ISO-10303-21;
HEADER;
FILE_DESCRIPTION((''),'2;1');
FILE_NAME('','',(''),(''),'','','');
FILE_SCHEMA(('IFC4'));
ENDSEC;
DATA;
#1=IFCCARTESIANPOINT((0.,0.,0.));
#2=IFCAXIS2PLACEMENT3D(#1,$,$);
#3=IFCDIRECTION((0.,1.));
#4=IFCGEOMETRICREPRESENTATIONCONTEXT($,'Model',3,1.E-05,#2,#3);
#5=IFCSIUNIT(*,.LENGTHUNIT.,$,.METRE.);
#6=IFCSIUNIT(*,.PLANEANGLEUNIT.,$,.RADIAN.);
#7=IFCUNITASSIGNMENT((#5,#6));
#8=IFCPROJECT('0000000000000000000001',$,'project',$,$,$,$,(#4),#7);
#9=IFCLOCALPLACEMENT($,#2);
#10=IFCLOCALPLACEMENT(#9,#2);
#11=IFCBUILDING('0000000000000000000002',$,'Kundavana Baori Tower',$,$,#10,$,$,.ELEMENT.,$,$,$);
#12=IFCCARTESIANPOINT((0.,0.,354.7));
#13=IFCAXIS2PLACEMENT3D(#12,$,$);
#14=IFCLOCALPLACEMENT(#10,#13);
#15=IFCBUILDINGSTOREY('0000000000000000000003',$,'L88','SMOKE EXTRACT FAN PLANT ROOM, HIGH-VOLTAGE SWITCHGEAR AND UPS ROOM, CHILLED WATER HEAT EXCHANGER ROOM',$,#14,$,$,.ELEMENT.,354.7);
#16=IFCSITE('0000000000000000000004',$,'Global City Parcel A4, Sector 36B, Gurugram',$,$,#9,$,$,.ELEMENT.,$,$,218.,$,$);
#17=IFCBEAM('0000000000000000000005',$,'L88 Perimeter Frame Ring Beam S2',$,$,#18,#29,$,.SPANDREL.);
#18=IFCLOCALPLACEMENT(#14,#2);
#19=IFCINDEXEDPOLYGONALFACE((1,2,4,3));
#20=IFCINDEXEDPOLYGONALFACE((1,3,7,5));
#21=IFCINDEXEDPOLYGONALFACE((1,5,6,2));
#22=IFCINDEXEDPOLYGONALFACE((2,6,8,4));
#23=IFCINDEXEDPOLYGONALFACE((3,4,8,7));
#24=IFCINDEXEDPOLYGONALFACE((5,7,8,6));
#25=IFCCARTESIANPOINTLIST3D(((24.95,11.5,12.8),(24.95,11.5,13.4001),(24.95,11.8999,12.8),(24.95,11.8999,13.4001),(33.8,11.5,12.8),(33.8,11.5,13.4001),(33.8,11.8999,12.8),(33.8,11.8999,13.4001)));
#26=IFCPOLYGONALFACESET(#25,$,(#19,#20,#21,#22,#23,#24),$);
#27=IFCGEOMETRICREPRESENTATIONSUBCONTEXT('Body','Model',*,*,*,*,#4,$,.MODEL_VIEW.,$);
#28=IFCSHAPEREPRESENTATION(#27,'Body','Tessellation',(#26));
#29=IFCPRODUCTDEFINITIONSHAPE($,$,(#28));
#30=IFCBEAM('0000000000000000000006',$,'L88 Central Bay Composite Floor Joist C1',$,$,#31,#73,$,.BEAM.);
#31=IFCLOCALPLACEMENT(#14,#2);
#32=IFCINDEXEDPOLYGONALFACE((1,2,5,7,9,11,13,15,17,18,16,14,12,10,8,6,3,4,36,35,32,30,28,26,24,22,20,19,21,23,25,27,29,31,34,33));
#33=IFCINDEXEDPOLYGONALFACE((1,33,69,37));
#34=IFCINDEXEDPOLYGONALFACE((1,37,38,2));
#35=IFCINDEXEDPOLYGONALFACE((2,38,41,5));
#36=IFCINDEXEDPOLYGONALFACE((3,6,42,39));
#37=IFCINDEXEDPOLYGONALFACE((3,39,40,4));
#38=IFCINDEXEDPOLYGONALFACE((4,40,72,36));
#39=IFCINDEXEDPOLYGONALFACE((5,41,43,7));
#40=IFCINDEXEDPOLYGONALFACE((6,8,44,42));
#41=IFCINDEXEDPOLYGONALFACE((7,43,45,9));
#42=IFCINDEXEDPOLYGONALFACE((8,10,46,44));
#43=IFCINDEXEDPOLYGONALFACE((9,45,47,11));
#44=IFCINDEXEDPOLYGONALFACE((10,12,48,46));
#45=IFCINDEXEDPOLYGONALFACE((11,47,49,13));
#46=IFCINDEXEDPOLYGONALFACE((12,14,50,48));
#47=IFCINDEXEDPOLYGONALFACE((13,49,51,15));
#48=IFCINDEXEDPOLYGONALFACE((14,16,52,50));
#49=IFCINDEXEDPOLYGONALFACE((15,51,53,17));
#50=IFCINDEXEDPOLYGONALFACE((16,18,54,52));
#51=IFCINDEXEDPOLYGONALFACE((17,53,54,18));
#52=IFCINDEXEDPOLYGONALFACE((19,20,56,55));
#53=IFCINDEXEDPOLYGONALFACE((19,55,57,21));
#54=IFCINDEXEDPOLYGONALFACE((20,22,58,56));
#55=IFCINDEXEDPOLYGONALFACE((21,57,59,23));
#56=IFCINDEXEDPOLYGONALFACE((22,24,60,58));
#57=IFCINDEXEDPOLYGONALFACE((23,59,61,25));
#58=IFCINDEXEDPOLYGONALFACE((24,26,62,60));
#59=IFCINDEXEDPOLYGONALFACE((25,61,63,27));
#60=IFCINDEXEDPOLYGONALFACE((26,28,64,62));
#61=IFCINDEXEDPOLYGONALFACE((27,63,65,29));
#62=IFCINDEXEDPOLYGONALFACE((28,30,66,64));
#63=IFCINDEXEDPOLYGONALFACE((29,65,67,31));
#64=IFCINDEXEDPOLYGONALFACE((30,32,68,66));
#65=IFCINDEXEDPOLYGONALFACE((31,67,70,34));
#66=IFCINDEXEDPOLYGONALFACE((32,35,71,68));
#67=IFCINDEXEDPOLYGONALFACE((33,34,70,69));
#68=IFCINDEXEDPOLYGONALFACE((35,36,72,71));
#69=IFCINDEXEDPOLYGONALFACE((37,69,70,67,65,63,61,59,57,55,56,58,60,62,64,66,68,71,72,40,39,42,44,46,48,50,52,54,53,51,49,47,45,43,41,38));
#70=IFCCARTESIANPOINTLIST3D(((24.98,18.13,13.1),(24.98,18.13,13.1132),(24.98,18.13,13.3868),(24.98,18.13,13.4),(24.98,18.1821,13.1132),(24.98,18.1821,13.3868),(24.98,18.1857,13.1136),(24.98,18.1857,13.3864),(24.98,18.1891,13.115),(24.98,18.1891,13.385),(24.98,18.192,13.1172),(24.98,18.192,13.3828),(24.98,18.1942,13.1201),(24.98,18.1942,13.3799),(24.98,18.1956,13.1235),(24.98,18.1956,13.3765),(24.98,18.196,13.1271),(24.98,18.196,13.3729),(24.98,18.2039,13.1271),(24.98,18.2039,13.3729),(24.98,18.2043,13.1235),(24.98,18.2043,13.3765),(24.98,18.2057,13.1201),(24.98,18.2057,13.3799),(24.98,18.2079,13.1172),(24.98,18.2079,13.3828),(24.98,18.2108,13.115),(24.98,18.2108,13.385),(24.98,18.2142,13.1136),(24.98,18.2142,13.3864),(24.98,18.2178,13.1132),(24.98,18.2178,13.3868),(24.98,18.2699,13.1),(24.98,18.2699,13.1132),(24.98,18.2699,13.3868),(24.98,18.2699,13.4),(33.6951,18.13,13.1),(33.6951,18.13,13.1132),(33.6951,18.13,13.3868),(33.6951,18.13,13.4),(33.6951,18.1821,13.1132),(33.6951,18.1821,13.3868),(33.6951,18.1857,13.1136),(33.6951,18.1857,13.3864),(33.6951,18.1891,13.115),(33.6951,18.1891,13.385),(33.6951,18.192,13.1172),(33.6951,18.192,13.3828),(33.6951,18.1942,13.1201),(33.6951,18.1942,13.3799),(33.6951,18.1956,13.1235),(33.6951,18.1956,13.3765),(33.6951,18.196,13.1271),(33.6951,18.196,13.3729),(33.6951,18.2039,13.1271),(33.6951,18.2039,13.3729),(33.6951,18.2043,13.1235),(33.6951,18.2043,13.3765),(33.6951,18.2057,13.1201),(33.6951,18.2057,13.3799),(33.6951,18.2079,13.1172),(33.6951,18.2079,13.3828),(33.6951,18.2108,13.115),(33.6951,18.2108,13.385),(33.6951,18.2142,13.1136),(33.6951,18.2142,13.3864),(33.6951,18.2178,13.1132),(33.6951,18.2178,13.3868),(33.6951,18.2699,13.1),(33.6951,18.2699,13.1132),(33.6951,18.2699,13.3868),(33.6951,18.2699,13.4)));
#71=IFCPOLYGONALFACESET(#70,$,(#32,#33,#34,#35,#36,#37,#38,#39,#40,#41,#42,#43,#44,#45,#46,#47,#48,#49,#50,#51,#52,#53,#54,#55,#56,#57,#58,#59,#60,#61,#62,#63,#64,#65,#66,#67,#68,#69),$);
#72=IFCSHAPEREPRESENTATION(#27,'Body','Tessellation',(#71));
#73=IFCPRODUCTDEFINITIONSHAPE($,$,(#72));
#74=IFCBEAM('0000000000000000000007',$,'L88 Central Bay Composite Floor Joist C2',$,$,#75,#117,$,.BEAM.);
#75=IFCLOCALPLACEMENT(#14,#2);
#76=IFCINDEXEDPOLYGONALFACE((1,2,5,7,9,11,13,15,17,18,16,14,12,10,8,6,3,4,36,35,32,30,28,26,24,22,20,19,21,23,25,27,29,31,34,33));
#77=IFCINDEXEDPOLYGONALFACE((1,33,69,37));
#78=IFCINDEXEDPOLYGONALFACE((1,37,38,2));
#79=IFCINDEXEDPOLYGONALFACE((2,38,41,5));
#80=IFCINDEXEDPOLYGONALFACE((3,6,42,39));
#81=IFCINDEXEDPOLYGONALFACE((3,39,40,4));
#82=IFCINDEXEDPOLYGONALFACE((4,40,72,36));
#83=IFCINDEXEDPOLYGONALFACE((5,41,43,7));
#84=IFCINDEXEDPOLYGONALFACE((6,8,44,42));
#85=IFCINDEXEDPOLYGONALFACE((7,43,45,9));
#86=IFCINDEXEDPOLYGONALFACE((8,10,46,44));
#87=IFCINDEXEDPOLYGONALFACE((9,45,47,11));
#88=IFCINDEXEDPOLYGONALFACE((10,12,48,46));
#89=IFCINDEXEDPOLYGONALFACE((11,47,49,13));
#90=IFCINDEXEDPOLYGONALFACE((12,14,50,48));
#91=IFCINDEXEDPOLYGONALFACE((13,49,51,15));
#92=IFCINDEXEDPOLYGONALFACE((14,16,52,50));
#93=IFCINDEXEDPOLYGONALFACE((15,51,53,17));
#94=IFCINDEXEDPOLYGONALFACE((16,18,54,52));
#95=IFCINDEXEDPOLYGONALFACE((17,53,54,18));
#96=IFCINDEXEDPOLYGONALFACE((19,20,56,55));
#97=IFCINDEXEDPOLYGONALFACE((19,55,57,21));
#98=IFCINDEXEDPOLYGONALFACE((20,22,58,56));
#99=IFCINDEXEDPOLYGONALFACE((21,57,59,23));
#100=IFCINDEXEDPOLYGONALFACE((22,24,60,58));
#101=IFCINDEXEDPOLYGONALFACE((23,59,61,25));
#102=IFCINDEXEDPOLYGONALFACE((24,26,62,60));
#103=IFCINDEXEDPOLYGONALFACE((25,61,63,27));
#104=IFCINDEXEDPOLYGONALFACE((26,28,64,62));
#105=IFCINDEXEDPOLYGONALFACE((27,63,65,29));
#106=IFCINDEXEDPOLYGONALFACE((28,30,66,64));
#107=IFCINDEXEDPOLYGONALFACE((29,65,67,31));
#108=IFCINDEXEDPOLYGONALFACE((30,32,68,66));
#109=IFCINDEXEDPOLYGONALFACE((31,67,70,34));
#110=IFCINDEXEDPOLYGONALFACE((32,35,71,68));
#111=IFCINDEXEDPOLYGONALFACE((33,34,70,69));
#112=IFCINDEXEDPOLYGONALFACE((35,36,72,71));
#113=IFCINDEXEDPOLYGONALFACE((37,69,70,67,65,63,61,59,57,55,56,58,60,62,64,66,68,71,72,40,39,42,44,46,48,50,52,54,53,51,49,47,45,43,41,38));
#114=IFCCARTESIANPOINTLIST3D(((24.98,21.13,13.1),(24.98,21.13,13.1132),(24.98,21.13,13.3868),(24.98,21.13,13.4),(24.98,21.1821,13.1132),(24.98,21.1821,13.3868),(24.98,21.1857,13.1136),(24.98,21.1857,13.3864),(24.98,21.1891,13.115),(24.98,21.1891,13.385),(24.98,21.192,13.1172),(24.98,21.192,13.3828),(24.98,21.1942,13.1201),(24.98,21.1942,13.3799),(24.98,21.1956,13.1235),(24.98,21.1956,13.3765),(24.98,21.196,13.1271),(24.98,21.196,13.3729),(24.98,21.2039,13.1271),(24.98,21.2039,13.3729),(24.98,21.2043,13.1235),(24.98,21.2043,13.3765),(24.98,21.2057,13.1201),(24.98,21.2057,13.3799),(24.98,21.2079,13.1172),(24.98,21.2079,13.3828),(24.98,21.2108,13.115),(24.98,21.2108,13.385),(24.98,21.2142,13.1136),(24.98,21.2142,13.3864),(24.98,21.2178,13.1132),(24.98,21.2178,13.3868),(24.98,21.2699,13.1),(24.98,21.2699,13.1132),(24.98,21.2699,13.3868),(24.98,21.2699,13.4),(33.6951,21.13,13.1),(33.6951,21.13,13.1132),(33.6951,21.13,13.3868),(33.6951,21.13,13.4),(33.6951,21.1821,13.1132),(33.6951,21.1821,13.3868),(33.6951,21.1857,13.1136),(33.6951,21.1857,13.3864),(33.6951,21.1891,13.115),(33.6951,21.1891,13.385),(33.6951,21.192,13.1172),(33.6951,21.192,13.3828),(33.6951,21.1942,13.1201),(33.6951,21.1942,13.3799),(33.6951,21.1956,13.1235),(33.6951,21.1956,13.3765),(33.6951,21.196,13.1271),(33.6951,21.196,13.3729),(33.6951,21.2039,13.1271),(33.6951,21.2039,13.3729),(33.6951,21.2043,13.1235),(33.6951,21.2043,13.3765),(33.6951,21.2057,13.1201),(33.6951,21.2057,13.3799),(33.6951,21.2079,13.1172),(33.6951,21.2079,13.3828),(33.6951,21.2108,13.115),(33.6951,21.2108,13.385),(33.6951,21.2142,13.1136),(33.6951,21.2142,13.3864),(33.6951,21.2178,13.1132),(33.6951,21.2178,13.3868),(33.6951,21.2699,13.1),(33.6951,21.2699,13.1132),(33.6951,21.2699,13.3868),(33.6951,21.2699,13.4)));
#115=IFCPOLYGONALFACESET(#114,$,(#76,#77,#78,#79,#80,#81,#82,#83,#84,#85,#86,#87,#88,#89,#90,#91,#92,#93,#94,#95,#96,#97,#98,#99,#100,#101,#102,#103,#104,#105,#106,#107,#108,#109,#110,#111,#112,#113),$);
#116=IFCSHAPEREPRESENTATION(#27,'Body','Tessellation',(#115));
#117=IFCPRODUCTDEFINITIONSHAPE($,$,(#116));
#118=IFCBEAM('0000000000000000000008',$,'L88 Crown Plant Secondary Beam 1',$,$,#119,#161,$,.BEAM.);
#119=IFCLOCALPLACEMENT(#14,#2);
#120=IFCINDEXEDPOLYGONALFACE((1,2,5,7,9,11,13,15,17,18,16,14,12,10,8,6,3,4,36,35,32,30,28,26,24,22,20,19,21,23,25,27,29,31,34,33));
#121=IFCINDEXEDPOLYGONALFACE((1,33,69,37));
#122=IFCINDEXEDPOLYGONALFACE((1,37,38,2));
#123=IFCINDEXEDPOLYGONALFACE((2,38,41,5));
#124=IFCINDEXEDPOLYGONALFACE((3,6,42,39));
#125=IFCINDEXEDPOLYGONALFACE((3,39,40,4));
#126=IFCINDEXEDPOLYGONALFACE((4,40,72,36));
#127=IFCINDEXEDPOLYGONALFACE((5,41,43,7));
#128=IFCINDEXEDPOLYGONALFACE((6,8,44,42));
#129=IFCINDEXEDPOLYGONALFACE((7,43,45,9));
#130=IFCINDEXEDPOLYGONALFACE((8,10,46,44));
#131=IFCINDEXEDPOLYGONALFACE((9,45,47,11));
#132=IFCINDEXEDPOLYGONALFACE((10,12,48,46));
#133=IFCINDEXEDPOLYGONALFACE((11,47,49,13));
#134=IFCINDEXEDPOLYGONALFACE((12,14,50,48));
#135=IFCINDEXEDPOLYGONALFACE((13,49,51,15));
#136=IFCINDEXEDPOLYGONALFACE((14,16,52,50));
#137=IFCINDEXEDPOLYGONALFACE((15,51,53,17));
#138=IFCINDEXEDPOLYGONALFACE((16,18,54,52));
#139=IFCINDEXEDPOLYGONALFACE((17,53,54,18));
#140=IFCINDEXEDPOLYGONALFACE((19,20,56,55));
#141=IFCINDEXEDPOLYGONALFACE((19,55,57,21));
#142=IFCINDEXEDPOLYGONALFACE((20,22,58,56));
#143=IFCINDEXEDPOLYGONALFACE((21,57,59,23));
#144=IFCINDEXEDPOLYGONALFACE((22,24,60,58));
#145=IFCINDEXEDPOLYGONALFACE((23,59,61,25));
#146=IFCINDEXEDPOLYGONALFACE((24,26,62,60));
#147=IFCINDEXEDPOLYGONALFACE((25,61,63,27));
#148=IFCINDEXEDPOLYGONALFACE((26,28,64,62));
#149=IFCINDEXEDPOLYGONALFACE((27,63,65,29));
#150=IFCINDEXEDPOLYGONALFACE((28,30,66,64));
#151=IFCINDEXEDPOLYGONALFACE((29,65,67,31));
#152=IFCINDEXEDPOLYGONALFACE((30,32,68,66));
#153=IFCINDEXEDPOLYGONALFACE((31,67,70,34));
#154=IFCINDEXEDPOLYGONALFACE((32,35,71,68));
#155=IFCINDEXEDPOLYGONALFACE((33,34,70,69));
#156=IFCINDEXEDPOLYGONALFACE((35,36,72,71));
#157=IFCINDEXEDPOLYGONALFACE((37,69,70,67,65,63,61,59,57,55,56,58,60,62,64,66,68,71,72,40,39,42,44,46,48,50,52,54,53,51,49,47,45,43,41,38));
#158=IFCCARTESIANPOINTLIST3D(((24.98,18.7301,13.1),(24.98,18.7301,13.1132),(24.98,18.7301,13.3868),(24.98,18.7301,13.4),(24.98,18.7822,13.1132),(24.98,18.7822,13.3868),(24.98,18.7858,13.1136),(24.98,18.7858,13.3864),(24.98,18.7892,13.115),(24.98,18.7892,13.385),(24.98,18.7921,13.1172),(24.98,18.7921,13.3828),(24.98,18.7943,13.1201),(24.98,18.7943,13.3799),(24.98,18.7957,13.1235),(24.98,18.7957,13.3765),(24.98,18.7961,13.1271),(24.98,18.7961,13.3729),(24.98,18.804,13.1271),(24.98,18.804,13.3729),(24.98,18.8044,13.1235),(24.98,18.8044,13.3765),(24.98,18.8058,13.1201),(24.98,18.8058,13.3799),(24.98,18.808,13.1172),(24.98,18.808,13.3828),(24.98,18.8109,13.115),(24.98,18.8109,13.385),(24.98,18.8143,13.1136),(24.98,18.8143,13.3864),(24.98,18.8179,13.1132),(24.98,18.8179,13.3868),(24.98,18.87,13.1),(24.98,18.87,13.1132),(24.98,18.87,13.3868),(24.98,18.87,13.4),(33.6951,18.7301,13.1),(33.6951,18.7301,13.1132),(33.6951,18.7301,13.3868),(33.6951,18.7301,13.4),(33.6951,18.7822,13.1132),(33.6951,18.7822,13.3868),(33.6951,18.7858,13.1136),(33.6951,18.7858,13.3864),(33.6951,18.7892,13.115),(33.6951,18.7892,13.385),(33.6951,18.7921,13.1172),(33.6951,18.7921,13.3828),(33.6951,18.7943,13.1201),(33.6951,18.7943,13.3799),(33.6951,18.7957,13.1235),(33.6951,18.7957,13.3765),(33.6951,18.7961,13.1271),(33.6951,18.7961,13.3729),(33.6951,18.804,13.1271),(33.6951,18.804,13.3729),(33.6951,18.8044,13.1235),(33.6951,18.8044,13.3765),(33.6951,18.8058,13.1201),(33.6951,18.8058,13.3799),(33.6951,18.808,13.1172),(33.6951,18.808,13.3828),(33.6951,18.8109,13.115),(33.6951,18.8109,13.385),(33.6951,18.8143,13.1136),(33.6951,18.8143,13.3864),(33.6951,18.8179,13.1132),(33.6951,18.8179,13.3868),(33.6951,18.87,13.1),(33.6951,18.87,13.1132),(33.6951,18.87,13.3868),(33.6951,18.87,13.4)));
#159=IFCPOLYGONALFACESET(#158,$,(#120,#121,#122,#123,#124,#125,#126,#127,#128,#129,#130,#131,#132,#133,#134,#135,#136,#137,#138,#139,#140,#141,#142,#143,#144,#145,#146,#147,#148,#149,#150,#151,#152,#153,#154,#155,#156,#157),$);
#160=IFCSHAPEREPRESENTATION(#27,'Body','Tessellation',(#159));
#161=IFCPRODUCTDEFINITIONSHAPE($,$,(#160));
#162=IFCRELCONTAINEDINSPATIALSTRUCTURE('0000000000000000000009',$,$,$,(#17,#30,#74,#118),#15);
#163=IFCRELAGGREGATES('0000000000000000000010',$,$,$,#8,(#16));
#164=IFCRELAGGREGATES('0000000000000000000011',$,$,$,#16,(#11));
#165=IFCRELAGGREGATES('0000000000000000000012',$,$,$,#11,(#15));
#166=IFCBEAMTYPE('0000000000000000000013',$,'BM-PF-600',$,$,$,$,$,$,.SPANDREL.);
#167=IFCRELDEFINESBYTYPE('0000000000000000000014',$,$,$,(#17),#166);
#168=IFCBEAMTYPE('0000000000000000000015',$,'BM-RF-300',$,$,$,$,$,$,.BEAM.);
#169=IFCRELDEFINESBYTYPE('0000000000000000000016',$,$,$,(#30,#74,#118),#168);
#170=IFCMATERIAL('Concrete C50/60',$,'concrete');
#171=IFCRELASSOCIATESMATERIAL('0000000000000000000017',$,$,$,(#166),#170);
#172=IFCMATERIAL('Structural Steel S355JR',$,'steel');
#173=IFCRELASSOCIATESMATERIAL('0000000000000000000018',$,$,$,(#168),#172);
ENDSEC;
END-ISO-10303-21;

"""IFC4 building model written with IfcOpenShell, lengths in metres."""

from ifc_helpers import new_model, si_unit, direction, frame, origin, origin_2d, place, context, subcontext, project, spatial, rectangle, i_section, extrude, material, material_profile, profile_set, type_object, element, save


model = new_model("IFC4")

# Units and contexts
model_context = context("Model", 3, precision=1e-05, world=origin(), true_north=direction((0.0, 1.0)))
body_context = subcontext(model_context, "Body", "Model", "MODEL_VIEW")
ifc_project = project(units=[si_unit("LENGTHUNIT", "METRE"), si_unit("PLANEANGLEUNIT", "RADIAN")], contexts=[model_context])

# Site, building, storey
site_placement = place(None, origin())
site = spatial("IfcSite", under=ifc_project, at=site_placement, Name="Global City Parcel A4, Sector 36B, Gurugram", CompositionType="ELEMENT", RefElevation=218.0)
building_placement = place(site_placement, origin())
building = spatial("IfcBuilding", under=site, at=building_placement, Name="Kundavana Baori Tower", CompositionType="ELEMENT")
storey_placement = place(building_placement, frame((0.0, 0.0, 354.7)))
storey = spatial("IfcBuildingStorey", under=building, at=storey_placement, Name="L88", Description="SMOKE EXTRACT FAN PLANT ROOM, HIGH-VOLTAGE SWITCHGEAR AND UPS ROOM, CHILLED WATER HEAT EXCHANGER ROOM", CompositionType="ELEMENT", Elevation=354.7)

# Beams
ifc_material_1 = material(Name="Concrete C50/60", Category="concrete")
ifc_material_profile_1 = material_profile(ifc_material_1, rectangle(XDim=0.3999, YDim=0.6001, at=origin_2d()), Name="RC BM 400x600")
ifc_profile_set_1 = profile_set([ifc_material_profile_1], Name="Concrete C50/60")
beam_type_1 = type_object("IfcBeamType", Name="BM-PF-600", PredefinedType="SPANDREL", material=ifc_profile_set_1)
beam_1_placement = place(storey_placement, frame((24.95, 11.7, 13.1001), z_axis=(1.0, 0.0, 0.0), x_axis=(0.0, 1.0, 0.0)))
element("IfcBeam", 1, at=beam_1_placement, inside=storey, type_object=beam_type_1, Name="L88 Perimeter Frame Ring Beam S2", PredefinedType="SPANDREL", context=body_context, shape_type="SweptSolid", body=[
    extrude(rectangle(XDim=0.3999, YDim=0.6001, at=origin_2d()), origin(), (0.0, 0.0, 1.0), 8.8501),
])
ifc_material_2 = material(Name="Structural Steel S355JR", Category="steel")
ifc_material_profile_2 = material_profile(ifc_material_2, i_section(OverallWidth=0.1399, OverallDepth=0.3, WebThickness=0.0078, FlangeThickness=0.0132, FilletRadius=0.0139, at=origin_2d()), Name="ISMB 300")
ifc_profile_set_2 = profile_set([ifc_material_profile_2], Name="Structural Steel S355JR")
beam_type_2 = type_object("IfcBeamType", Name="BM-RF-300", PredefinedType="BEAM", material=ifc_profile_set_2)
for number, where, z_axis, x_axis, name in (
    (2, (24.98, 18.2, 13.25), (1.0, 0.0, 0.0), (0.0, 1.0, 0.0), "L88 Central Bay Composite Floor Joist C1"),
    (3, (24.98, 21.2, 13.25), (1.0, 0.0, 0.0), (0.0, 1.0, 0.0), "L88 Central Bay Composite Floor Joist C2"),
    (4, (24.98, 18.8, 13.25), (1.0, 0.0, 0.0), (0.0, 1.0, 0.0), "L88 Crown Plant Secondary Beam 1"),
):
    element("IfcBeam", number, at=place(storey_placement, frame(where, z_axis=z_axis, x_axis=x_axis)), inside=storey, type_object=beam_type_2, Name=name, PredefinedType="BEAM", context=body_context, shape_type="SweptSolid", body=[
        extrude(i_section(OverallWidth=0.1399, OverallDepth=0.3, WebThickness=0.0078, FlangeThickness=0.0132, FilletRadius=0.0139, at=origin_2d()), origin(), (0.0, 0.0, 1.0), 8.7151),
    ])

save(model, "model.ifc")
